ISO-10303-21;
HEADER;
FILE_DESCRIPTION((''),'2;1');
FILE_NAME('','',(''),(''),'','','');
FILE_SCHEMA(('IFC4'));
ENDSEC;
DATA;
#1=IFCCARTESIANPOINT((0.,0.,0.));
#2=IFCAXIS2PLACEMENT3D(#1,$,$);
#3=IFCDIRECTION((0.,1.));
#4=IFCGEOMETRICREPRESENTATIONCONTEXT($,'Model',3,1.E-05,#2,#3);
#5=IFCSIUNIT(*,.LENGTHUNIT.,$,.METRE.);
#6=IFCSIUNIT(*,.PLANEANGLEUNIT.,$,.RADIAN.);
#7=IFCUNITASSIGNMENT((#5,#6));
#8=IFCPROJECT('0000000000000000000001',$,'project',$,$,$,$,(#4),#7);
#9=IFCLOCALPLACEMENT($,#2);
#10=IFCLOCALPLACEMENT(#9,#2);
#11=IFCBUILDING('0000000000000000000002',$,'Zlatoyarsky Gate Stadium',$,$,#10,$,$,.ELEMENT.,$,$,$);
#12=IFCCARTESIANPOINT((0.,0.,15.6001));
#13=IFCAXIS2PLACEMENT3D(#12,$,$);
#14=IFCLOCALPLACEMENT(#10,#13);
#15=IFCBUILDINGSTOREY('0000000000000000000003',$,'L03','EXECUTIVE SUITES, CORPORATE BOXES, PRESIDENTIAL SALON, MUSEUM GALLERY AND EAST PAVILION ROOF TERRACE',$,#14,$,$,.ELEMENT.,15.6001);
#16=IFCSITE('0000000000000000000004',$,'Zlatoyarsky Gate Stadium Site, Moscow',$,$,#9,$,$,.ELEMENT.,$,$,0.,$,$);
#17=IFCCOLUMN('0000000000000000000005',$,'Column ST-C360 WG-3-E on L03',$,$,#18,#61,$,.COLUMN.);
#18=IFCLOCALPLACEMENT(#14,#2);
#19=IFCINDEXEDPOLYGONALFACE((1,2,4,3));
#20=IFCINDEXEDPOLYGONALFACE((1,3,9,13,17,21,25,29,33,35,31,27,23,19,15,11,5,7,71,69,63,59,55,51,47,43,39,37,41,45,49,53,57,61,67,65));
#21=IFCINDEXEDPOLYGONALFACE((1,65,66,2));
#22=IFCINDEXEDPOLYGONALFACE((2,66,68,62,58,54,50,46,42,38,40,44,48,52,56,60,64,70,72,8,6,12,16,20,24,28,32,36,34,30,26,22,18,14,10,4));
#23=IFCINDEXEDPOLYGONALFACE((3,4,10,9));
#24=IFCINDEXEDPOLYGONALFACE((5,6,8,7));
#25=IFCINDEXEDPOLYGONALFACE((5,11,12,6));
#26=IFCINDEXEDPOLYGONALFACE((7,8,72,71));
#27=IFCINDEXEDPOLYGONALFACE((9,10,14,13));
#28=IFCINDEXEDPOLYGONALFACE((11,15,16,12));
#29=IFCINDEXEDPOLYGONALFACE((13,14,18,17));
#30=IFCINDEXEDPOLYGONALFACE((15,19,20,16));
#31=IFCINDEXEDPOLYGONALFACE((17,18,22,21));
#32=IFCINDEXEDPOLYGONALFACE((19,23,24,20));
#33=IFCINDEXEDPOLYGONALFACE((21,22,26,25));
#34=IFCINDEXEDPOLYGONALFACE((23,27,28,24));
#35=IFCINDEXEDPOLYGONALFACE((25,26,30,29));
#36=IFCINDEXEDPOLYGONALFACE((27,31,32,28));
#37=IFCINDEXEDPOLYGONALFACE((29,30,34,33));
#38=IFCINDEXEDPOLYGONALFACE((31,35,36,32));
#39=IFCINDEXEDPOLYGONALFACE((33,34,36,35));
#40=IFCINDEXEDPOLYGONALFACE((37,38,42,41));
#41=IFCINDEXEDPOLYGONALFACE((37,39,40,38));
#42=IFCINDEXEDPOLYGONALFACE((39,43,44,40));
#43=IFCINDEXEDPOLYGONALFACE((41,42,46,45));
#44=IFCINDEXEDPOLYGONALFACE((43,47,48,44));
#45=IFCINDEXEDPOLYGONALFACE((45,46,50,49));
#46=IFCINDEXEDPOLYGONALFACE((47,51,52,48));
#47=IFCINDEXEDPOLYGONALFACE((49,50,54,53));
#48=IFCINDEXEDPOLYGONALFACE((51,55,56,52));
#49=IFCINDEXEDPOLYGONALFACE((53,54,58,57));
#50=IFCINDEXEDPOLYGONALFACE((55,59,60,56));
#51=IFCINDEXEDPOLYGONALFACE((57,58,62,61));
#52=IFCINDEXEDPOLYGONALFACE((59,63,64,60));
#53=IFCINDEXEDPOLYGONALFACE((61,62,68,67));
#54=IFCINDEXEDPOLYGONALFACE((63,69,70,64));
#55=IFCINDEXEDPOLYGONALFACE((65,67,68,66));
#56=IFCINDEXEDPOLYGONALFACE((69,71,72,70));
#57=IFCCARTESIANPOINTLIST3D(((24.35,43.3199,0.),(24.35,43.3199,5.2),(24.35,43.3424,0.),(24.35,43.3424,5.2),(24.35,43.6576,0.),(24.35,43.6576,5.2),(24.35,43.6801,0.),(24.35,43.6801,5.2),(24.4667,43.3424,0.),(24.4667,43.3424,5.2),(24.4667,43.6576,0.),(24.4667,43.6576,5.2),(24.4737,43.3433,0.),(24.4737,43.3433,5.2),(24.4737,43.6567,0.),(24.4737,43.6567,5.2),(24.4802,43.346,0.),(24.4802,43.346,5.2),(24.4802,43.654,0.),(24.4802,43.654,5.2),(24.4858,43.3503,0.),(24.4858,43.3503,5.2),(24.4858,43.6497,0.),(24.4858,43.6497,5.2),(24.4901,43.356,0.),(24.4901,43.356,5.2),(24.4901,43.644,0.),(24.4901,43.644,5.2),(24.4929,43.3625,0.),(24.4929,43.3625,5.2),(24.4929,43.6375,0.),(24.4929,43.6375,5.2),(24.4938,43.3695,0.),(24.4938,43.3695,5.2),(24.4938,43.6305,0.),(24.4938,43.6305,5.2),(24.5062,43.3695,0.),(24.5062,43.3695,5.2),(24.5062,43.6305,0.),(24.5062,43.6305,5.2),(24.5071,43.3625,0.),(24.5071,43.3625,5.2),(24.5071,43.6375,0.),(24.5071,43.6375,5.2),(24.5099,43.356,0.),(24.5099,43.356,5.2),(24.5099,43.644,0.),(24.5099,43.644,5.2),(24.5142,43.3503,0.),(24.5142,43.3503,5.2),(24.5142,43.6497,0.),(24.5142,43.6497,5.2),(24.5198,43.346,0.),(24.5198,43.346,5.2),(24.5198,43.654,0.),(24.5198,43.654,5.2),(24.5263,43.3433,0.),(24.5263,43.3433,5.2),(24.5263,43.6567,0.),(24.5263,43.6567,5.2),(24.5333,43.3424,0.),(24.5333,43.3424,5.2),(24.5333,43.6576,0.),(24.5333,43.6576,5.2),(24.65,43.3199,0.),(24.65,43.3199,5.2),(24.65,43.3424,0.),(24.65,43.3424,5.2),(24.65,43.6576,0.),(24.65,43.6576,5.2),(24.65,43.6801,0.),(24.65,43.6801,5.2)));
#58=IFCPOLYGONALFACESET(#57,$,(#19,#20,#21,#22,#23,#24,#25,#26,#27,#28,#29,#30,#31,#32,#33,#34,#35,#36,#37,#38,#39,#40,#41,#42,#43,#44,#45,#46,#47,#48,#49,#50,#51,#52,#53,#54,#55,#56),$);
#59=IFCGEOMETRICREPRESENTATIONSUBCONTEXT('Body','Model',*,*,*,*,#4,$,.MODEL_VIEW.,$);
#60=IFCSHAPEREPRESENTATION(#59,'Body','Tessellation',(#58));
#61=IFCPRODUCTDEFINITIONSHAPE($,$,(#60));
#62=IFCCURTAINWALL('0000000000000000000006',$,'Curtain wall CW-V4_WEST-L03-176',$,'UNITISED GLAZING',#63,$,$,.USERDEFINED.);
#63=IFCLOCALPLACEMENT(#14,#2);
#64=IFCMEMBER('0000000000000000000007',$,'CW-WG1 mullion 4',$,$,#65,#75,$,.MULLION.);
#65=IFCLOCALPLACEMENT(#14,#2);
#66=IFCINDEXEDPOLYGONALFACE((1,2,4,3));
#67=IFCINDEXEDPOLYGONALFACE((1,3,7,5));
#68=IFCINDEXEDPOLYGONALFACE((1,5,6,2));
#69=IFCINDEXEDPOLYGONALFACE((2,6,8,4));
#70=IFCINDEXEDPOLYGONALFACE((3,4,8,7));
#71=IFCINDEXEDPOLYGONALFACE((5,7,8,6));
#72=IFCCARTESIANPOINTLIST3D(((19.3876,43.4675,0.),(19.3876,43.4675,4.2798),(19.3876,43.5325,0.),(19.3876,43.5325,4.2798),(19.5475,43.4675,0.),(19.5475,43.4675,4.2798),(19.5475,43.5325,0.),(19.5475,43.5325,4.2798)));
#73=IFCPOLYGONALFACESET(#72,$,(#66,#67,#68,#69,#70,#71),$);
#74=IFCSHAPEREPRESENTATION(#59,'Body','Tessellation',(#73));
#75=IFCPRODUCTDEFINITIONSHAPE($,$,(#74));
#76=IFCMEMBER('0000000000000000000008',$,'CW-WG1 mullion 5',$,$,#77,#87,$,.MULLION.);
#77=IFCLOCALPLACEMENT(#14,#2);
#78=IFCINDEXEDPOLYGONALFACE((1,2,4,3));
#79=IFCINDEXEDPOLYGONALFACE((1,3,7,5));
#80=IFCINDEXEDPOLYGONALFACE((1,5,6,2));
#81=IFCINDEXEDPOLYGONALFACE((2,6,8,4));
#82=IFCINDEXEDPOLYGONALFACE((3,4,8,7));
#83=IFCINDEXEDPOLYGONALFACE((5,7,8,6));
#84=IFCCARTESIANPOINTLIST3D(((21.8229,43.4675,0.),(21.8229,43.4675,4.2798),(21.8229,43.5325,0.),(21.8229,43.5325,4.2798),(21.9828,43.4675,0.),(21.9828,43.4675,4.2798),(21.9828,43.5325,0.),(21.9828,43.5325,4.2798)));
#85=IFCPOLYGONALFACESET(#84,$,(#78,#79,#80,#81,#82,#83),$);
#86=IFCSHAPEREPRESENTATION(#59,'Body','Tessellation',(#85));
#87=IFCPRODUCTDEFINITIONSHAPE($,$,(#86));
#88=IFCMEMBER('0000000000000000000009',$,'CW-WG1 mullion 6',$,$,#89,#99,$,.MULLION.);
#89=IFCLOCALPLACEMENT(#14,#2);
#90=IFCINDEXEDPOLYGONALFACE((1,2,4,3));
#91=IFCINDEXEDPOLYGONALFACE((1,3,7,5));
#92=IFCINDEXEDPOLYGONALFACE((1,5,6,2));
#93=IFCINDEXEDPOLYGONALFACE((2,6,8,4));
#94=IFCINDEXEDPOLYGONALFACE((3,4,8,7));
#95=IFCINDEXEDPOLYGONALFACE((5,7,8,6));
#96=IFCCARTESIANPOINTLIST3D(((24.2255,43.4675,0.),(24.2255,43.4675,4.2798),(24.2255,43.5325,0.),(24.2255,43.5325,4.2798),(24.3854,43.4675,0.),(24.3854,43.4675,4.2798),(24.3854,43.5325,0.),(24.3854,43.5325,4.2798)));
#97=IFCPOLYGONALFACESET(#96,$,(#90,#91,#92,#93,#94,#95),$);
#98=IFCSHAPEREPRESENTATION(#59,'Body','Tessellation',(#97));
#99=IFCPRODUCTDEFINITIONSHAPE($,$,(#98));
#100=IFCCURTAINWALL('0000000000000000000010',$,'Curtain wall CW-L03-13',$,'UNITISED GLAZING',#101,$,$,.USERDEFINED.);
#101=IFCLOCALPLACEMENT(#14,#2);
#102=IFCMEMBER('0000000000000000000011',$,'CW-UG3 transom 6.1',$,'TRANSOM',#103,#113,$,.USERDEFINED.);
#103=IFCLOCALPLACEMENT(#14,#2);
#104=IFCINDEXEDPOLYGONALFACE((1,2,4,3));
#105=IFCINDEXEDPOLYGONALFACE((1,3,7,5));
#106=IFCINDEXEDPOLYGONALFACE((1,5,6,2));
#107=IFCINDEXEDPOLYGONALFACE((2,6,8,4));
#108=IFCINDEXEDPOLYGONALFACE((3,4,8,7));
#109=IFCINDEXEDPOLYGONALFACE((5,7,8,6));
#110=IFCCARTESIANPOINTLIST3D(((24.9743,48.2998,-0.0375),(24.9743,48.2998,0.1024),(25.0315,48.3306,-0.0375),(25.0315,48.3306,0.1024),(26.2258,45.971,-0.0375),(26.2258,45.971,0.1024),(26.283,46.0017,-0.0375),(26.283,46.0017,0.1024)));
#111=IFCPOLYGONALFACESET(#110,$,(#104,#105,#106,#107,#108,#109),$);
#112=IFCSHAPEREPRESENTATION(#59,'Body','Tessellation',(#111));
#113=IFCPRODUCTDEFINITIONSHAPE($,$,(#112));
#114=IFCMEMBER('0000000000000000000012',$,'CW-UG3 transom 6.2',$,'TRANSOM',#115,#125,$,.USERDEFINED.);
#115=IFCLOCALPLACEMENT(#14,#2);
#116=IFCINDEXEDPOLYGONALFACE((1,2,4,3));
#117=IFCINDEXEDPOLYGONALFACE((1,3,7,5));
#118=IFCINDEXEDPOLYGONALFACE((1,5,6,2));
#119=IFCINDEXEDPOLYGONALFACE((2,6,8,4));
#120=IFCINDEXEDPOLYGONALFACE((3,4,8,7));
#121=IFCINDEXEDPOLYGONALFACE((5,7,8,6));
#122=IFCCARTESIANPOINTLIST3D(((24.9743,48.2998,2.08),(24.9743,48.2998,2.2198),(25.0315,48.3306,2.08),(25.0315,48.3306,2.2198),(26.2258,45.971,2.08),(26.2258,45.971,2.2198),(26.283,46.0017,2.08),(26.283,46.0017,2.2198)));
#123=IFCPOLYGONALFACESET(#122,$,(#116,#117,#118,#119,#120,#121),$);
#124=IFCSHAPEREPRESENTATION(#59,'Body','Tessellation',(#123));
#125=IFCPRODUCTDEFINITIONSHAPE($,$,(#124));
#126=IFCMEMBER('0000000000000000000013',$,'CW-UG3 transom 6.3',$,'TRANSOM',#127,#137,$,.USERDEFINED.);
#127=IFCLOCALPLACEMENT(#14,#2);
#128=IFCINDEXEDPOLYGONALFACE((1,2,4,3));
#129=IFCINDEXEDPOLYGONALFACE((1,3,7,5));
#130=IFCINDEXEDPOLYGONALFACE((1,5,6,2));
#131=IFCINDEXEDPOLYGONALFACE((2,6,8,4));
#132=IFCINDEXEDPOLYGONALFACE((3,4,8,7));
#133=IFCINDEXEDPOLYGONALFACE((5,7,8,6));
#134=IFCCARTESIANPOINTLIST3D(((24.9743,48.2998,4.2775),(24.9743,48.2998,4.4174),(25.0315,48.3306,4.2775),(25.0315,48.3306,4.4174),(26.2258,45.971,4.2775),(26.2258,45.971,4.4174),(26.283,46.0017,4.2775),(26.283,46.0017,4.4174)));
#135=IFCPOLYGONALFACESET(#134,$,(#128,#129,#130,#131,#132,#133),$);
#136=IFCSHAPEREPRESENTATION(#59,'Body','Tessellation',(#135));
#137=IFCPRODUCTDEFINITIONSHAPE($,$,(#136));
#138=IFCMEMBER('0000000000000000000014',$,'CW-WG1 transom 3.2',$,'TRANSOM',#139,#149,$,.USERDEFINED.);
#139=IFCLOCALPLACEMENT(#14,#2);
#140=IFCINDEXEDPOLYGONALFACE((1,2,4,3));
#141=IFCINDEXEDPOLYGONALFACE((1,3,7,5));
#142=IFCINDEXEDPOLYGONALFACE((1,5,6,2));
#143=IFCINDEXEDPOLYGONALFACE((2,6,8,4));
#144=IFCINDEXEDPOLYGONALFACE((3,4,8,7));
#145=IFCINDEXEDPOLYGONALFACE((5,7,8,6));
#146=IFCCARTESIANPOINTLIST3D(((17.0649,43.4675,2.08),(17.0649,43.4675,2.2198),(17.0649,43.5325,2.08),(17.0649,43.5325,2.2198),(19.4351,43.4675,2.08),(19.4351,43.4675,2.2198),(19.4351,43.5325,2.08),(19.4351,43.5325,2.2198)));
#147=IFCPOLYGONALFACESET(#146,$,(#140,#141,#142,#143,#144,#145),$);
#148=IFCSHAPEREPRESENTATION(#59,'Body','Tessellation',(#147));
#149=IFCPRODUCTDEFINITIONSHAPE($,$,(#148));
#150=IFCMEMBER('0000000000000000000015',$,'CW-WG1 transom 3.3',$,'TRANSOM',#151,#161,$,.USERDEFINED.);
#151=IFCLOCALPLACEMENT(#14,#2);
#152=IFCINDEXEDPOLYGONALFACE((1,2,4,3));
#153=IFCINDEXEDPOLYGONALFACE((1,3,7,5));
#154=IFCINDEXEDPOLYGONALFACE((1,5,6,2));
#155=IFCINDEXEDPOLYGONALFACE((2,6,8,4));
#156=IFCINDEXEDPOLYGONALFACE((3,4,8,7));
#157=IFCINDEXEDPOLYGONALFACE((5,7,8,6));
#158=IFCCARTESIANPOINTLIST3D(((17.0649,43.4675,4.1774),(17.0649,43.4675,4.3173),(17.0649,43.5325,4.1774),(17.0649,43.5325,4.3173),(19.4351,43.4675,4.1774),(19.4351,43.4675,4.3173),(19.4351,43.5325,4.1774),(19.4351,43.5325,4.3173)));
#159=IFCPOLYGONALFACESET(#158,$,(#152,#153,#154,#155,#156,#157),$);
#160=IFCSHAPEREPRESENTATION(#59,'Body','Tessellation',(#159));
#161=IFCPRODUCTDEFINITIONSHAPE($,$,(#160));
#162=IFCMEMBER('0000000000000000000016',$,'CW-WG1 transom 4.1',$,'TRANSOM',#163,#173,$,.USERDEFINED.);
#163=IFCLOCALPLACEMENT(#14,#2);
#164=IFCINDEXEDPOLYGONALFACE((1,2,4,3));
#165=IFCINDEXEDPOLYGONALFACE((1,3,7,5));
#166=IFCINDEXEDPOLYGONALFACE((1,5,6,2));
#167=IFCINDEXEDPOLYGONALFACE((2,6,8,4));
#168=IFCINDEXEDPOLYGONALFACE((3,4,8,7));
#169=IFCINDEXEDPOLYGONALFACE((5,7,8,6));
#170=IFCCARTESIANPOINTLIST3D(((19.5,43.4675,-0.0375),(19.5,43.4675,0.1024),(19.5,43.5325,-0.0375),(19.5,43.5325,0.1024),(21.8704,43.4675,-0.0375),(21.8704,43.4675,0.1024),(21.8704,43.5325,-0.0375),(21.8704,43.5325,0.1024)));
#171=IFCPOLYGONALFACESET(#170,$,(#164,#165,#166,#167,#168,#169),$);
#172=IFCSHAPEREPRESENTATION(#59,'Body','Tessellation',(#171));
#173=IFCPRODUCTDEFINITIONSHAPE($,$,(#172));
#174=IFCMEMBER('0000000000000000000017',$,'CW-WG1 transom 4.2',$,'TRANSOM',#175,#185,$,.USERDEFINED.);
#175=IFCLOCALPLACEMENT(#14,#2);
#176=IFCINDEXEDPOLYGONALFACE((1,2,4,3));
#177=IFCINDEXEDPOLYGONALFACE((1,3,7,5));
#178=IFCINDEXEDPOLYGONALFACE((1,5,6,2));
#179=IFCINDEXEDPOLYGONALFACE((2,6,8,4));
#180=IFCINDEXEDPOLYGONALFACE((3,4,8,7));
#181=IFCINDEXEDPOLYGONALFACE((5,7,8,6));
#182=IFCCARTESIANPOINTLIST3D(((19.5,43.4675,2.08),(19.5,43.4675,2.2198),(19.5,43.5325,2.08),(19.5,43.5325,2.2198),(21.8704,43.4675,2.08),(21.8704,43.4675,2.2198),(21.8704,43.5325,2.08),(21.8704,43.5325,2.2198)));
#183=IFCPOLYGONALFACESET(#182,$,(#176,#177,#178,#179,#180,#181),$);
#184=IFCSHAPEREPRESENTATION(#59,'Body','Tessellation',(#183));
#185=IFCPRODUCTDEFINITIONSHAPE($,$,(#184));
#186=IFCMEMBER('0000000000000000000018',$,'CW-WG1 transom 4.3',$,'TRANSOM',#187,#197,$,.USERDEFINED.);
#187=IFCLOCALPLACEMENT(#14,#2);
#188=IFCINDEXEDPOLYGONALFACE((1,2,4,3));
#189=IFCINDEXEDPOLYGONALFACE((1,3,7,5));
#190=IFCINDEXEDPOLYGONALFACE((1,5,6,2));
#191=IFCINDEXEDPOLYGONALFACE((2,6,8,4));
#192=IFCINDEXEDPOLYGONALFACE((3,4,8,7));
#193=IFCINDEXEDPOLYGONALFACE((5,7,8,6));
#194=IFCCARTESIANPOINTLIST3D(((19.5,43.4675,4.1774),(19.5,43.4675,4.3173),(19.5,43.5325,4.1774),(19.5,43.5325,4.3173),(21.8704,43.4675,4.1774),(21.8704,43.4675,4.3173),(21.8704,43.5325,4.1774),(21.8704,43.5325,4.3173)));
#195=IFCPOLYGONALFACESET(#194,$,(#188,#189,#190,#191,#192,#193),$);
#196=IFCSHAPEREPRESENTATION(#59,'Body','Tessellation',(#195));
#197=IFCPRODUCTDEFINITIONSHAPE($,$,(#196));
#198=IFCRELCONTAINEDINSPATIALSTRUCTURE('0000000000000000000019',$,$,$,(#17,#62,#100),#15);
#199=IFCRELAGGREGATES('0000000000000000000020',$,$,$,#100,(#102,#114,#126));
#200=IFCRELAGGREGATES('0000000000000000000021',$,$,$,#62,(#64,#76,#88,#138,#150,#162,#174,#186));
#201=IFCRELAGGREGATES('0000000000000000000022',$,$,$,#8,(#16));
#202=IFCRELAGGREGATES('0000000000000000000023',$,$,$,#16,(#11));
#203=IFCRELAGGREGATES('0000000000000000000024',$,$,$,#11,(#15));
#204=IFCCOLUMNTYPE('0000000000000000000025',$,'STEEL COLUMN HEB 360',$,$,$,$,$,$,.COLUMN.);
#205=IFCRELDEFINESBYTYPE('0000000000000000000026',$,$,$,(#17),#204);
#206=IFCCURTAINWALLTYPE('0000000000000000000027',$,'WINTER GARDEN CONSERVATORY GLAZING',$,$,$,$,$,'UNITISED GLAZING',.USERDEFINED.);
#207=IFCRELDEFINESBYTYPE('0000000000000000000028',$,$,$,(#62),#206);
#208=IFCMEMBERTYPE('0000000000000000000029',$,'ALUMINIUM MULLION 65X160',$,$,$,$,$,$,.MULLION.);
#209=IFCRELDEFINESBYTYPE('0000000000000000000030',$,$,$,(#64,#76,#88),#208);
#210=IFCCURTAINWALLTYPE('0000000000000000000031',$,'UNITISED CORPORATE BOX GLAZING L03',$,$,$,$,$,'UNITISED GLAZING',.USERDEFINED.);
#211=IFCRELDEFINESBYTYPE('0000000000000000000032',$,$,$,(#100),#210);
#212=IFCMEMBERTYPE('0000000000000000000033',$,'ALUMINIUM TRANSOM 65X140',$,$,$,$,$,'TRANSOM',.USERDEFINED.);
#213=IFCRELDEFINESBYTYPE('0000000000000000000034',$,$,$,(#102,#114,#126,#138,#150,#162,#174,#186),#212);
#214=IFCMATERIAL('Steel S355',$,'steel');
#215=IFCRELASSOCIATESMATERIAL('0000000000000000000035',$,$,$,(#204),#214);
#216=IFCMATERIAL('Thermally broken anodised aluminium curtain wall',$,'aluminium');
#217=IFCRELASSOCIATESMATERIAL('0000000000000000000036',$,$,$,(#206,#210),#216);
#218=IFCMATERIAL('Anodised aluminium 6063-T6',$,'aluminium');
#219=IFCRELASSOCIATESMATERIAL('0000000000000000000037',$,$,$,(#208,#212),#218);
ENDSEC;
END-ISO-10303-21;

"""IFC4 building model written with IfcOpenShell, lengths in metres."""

from ifc_helpers import new_model, si_unit, direction, frame, origin, origin_2d, place, context, subcontext, project, spatial, rectangle, i_section, extrude, material, material_profile, profile_set, type_object, element, aggregate, save


model = new_model("IFC4")

# Units and contexts
model_context = context("Model", 3, precision=1e-05, world=origin(), true_north=direction((0.0, 1.0)))
body_context = subcontext(model_context, "Body", "Model", "MODEL_VIEW")
ifc_project = project(units=[si_unit("LENGTHUNIT", "METRE"), si_unit("PLANEANGLEUNIT", "RADIAN")], contexts=[model_context])

# Site, building, storey
site_placement = place(None, origin())
site = spatial("IfcSite", under=ifc_project, at=site_placement, Name="Zlatoyarsky Gate Stadium Site, Moscow", CompositionType="ELEMENT", RefElevation=0.0)
building_placement = place(site_placement, origin())
building = spatial("IfcBuilding", under=site, at=building_placement, Name="Zlatoyarsky Gate Stadium", CompositionType="ELEMENT")
storey_placement = place(building_placement, frame((0.0, 0.0, 15.6001)))
storey = spatial("IfcBuildingStorey", under=building, at=storey_placement, Name="L03", Description="EXECUTIVE SUITES, CORPORATE BOXES, PRESIDENTIAL SALON, MUSEUM GALLERY AND EAST PAVILION ROOF TERRACE", CompositionType="ELEMENT", Elevation=15.6001)

# Column
ifc_material_1 = material(Name="Steel S355", Category="steel")
ifc_material_profile_1 = material_profile(ifc_material_1, i_section(OverallWidth=0.3, OverallDepth=0.3601, WebThickness=0.0125, FlangeThickness=0.0225, FilletRadius=0.0271, at=origin_2d()), Name="HEB 360")
ifc_profile_set_1 = profile_set([ifc_material_profile_1], Name="Steel S355")
column_type = type_object("IfcColumnType", Name="STEEL COLUMN HEB 360", PredefinedType="COLUMN", material=ifc_profile_set_1)
column_placement = place(storey_placement, frame((24.5, 43.5, 0.0), z_axis=(0.0, 0.0, 1.0), x_axis=(1.0, 0.0, 0.0)))
element("IfcColumn", 1, at=column_placement, inside=storey, type_object=column_type, Name="Column ST-C360 WG-3-E on L03", PredefinedType="COLUMN", context=body_context, shape_type="SweptSolid", body=[
    extrude(i_section(OverallWidth=0.3, OverallDepth=0.3601, WebThickness=0.0125, FlangeThickness=0.0225, FilletRadius=0.0271, at=origin_2d()), origin(), (0.0, 0.0, 1.0), 5.2),
])

# Curtain walls, members
ifc_material_2 = material(Name="Thermally broken anodised aluminium curtain wall", Category="aluminium")
curtain_wall_type_1 = type_object("IfcCurtainWallType", Name="WINTER GARDEN CONSERVATORY GLAZING", ElementType="UNITISED GLAZING", PredefinedType="USERDEFINED", material=ifc_material_2)
curtain_wall_1_placement = place(storey_placement, origin())
curtain_wall_1 = element("IfcCurtainWall", 2, at=curtain_wall_1_placement, inside=storey, type_object=curtain_wall_type_1, Name="Curtain wall CW-V4_WEST-L03-176", ObjectType="UNITISED GLAZING", PredefinedType="USERDEFINED")
ifc_material_3 = material(Name="Anodised aluminium 6063-T6", Category="aluminium")
ifc_material_profile_2 = material_profile(ifc_material_3, rectangle(XDim=0.0649, YDim=0.1599, at=origin_2d()), Name="ALU 65X160")
ifc_profile_set_2 = profile_set([ifc_material_profile_2], Name="Anodised aluminium 6063-T6")
member_type_1 = type_object("IfcMemberType", Name="ALUMINIUM MULLION 65X160", PredefinedType="MULLION", material=ifc_profile_set_2)
member_1_placement = place(storey_placement, frame((19.4675, 43.5, 0.0), z_axis=(0.0, 0.0, 1.0), x_axis=(0.0, 1.0, 0.0)))
member_1 = element("IfcMember", 3, at=member_1_placement, type_object=member_type_1, Name="CW-WG1 mullion 4", PredefinedType="MULLION", context=body_context, shape_type="SweptSolid", body=[
    extrude(rectangle(XDim=0.0649, YDim=0.1599, at=origin_2d()), origin(), (0.0, 0.0, 1.0), 4.2798),
])
member_2_placement = place(storey_placement, frame((21.9028, 43.5, 0.0), z_axis=(0.0, 0.0, 1.0), x_axis=(0.0, 1.0, 0.0)))
member_2 = element("IfcMember", 4, at=member_2_placement, type_object=member_type_1, Name="CW-WG1 mullion 5", PredefinedType="MULLION", context=body_context, shape_type="SweptSolid", body=[
    extrude(rectangle(XDim=0.0649, YDim=0.1599, at=origin_2d()), origin(), (0.0, 0.0, 1.0), 4.2798),
])
member_3_placement = place(storey_placement, frame((24.3054, 43.5, 0.0), z_axis=(0.0, 0.0, 1.0), x_axis=(0.0, 1.0, 0.0)))
member_3 = element("IfcMember", 5, at=member_3_placement, type_object=member_type_1, Name="CW-WG1 mullion 6", PredefinedType="MULLION", context=body_context, shape_type="SweptSolid", body=[
    extrude(rectangle(XDim=0.0649, YDim=0.1599, at=origin_2d()), origin(), (0.0, 0.0, 1.0), 4.2798),
])
curtain_wall_type_2 = type_object("IfcCurtainWallType", Name="UNITISED CORPORATE BOX GLAZING L03", ElementType="UNITISED GLAZING", PredefinedType="USERDEFINED", material=ifc_material_2)
curtain_wall_2_placement = place(storey_placement, origin())
curtain_wall_2 = element("IfcCurtainWall", 6, at=curtain_wall_2_placement, inside=storey, type_object=curtain_wall_type_2, Name="Curtain wall CW-L03-13", ObjectType="UNITISED GLAZING", PredefinedType="USERDEFINED")
ifc_material_profile_3 = material_profile(ifc_material_3, rectangle(XDim=0.0649, YDim=0.1399, at=origin_2d()), Name="ALU 65X140")
ifc_profile_set_3 = profile_set([ifc_material_profile_3], Name="Anodised aluminium 6063-T6")
member_type_2 = type_object("IfcMemberType", Name="ALUMINIUM TRANSOM 65X140", ElementType="TRANSOM", PredefinedType="USERDEFINED", material=ifc_profile_set_3)
member_4_placement = place(storey_placement, frame((25.0029, 48.3152, 0.0325), z_axis=(0.473356, -0.880871, 0.0), x_axis=(0.880871, 0.473356, 0.0)))
member_4 = element("IfcMember", 7, at=member_4_placement, type_object=member_type_2, Name="CW-UG3 transom 6.1", ObjectType="TRANSOM", PredefinedType="USERDEFINED", context=body_context, shape_type="SweptSolid", body=[
    extrude(rectangle(XDim=0.0649, YDim=0.1399, at=origin_2d()), origin(), (0.0, 0.0, 1.0), 2.6438),
])
member_5_placement = place(storey_placement, frame((25.0029, 48.3152, 2.1499), z_axis=(0.473356, -0.880871, 0.0), x_axis=(0.880871, 0.473356, 0.0)))
member_5 = element("IfcMember", 8, at=member_5_placement, type_object=member_type_2, Name="CW-UG3 transom 6.2", ObjectType="TRANSOM", PredefinedType="USERDEFINED", context=body_context, shape_type="SweptSolid", body=[
    extrude(rectangle(XDim=0.0649, YDim=0.1399, at=origin_2d()), origin(), (0.0, 0.0, 1.0), 2.6438),
])
member_6_placement = place(storey_placement, frame((25.0029, 48.3152, 4.3474), z_axis=(0.473356, -0.880871, 0.0), x_axis=(0.880871, 0.473356, 0.0)))
member_6 = element("IfcMember", 9, at=member_6_placement, type_object=member_type_2, Name="CW-UG3 transom 6.3", ObjectType="TRANSOM", PredefinedType="USERDEFINED", context=body_context, shape_type="SweptSolid", body=[
    extrude(rectangle(XDim=0.0649, YDim=0.1399, at=origin_2d()), origin(), (0.0, 0.0, 1.0), 2.6438),
])
aggregate(curtain_wall_2, [member_4, member_5, member_6])

# Members
member_7_placement = place(storey_placement, frame((17.0649, 43.5, 2.1499), z_axis=(1.0, 0.0, 0.0), x_axis=(0.0, 1.0, 0.0)))
member_7 = element("IfcMember", 10, at=member_7_placement, type_object=member_type_2, Name="CW-WG1 transom 3.2", ObjectType="TRANSOM", PredefinedType="USERDEFINED", context=body_context, shape_type="SweptSolid", body=[
    extrude(rectangle(XDim=0.0649, YDim=0.1399, at=origin_2d()), origin(), (0.0, 0.0, 1.0), 2.3701),
])
member_8_placement = place(storey_placement, frame((17.0649, 43.5, 4.2473), z_axis=(1.0, 0.0, 0.0), x_axis=(0.0, 1.0, 0.0)))
member_8 = element("IfcMember", 11, at=member_8_placement, type_object=member_type_2, Name="CW-WG1 transom 3.3", ObjectType="TRANSOM", PredefinedType="USERDEFINED", context=body_context, shape_type="SweptSolid", body=[
    extrude(rectangle(XDim=0.0649, YDim=0.1399, at=origin_2d()), origin(), (0.0, 0.0, 1.0), 2.3701),
])
member_9_placement = place(storey_placement, frame((19.5, 43.5, 0.0325), z_axis=(1.0, 0.0, 0.0), x_axis=(0.0, 1.0, 0.0)))
member_9 = element("IfcMember", 12, at=member_9_placement, type_object=member_type_2, Name="CW-WG1 transom 4.1", ObjectType="TRANSOM", PredefinedType="USERDEFINED", context=body_context, shape_type="SweptSolid", body=[
    extrude(rectangle(XDim=0.0649, YDim=0.1399, at=origin_2d()), origin(), (0.0, 0.0, 1.0), 2.3704),
])
member_10_placement = place(storey_placement, frame((19.5, 43.5, 2.1499), z_axis=(1.0, 0.0, 0.0), x_axis=(0.0, 1.0, 0.0)))
member_10 = element("IfcMember", 13, at=member_10_placement, type_object=member_type_2, Name="CW-WG1 transom 4.2", ObjectType="TRANSOM", PredefinedType="USERDEFINED", context=body_context, shape_type="SweptSolid", body=[
    extrude(rectangle(XDim=0.0649, YDim=0.1399, at=origin_2d()), origin(), (0.0, 0.0, 1.0), 2.3704),
])
member_11_placement = place(storey_placement, frame((19.5, 43.5, 4.2473), z_axis=(1.0, 0.0, 0.0), x_axis=(0.0, 1.0, 0.0)))
member_11 = element("IfcMember", 14, at=member_11_placement, type_object=member_type_2, Name="CW-WG1 transom 4.3", ObjectType="TRANSOM", PredefinedType="USERDEFINED", context=body_context, shape_type="SweptSolid", body=[
    extrude(rectangle(XDim=0.0649, YDim=0.1399, at=origin_2d()), origin(), (0.0, 0.0, 1.0), 2.3704),
])

aggregate(curtain_wall_1, [member_1, member_2, member_3, member_7, member_8, member_9, member_10, member_11])

save(model, "model.ifc")
